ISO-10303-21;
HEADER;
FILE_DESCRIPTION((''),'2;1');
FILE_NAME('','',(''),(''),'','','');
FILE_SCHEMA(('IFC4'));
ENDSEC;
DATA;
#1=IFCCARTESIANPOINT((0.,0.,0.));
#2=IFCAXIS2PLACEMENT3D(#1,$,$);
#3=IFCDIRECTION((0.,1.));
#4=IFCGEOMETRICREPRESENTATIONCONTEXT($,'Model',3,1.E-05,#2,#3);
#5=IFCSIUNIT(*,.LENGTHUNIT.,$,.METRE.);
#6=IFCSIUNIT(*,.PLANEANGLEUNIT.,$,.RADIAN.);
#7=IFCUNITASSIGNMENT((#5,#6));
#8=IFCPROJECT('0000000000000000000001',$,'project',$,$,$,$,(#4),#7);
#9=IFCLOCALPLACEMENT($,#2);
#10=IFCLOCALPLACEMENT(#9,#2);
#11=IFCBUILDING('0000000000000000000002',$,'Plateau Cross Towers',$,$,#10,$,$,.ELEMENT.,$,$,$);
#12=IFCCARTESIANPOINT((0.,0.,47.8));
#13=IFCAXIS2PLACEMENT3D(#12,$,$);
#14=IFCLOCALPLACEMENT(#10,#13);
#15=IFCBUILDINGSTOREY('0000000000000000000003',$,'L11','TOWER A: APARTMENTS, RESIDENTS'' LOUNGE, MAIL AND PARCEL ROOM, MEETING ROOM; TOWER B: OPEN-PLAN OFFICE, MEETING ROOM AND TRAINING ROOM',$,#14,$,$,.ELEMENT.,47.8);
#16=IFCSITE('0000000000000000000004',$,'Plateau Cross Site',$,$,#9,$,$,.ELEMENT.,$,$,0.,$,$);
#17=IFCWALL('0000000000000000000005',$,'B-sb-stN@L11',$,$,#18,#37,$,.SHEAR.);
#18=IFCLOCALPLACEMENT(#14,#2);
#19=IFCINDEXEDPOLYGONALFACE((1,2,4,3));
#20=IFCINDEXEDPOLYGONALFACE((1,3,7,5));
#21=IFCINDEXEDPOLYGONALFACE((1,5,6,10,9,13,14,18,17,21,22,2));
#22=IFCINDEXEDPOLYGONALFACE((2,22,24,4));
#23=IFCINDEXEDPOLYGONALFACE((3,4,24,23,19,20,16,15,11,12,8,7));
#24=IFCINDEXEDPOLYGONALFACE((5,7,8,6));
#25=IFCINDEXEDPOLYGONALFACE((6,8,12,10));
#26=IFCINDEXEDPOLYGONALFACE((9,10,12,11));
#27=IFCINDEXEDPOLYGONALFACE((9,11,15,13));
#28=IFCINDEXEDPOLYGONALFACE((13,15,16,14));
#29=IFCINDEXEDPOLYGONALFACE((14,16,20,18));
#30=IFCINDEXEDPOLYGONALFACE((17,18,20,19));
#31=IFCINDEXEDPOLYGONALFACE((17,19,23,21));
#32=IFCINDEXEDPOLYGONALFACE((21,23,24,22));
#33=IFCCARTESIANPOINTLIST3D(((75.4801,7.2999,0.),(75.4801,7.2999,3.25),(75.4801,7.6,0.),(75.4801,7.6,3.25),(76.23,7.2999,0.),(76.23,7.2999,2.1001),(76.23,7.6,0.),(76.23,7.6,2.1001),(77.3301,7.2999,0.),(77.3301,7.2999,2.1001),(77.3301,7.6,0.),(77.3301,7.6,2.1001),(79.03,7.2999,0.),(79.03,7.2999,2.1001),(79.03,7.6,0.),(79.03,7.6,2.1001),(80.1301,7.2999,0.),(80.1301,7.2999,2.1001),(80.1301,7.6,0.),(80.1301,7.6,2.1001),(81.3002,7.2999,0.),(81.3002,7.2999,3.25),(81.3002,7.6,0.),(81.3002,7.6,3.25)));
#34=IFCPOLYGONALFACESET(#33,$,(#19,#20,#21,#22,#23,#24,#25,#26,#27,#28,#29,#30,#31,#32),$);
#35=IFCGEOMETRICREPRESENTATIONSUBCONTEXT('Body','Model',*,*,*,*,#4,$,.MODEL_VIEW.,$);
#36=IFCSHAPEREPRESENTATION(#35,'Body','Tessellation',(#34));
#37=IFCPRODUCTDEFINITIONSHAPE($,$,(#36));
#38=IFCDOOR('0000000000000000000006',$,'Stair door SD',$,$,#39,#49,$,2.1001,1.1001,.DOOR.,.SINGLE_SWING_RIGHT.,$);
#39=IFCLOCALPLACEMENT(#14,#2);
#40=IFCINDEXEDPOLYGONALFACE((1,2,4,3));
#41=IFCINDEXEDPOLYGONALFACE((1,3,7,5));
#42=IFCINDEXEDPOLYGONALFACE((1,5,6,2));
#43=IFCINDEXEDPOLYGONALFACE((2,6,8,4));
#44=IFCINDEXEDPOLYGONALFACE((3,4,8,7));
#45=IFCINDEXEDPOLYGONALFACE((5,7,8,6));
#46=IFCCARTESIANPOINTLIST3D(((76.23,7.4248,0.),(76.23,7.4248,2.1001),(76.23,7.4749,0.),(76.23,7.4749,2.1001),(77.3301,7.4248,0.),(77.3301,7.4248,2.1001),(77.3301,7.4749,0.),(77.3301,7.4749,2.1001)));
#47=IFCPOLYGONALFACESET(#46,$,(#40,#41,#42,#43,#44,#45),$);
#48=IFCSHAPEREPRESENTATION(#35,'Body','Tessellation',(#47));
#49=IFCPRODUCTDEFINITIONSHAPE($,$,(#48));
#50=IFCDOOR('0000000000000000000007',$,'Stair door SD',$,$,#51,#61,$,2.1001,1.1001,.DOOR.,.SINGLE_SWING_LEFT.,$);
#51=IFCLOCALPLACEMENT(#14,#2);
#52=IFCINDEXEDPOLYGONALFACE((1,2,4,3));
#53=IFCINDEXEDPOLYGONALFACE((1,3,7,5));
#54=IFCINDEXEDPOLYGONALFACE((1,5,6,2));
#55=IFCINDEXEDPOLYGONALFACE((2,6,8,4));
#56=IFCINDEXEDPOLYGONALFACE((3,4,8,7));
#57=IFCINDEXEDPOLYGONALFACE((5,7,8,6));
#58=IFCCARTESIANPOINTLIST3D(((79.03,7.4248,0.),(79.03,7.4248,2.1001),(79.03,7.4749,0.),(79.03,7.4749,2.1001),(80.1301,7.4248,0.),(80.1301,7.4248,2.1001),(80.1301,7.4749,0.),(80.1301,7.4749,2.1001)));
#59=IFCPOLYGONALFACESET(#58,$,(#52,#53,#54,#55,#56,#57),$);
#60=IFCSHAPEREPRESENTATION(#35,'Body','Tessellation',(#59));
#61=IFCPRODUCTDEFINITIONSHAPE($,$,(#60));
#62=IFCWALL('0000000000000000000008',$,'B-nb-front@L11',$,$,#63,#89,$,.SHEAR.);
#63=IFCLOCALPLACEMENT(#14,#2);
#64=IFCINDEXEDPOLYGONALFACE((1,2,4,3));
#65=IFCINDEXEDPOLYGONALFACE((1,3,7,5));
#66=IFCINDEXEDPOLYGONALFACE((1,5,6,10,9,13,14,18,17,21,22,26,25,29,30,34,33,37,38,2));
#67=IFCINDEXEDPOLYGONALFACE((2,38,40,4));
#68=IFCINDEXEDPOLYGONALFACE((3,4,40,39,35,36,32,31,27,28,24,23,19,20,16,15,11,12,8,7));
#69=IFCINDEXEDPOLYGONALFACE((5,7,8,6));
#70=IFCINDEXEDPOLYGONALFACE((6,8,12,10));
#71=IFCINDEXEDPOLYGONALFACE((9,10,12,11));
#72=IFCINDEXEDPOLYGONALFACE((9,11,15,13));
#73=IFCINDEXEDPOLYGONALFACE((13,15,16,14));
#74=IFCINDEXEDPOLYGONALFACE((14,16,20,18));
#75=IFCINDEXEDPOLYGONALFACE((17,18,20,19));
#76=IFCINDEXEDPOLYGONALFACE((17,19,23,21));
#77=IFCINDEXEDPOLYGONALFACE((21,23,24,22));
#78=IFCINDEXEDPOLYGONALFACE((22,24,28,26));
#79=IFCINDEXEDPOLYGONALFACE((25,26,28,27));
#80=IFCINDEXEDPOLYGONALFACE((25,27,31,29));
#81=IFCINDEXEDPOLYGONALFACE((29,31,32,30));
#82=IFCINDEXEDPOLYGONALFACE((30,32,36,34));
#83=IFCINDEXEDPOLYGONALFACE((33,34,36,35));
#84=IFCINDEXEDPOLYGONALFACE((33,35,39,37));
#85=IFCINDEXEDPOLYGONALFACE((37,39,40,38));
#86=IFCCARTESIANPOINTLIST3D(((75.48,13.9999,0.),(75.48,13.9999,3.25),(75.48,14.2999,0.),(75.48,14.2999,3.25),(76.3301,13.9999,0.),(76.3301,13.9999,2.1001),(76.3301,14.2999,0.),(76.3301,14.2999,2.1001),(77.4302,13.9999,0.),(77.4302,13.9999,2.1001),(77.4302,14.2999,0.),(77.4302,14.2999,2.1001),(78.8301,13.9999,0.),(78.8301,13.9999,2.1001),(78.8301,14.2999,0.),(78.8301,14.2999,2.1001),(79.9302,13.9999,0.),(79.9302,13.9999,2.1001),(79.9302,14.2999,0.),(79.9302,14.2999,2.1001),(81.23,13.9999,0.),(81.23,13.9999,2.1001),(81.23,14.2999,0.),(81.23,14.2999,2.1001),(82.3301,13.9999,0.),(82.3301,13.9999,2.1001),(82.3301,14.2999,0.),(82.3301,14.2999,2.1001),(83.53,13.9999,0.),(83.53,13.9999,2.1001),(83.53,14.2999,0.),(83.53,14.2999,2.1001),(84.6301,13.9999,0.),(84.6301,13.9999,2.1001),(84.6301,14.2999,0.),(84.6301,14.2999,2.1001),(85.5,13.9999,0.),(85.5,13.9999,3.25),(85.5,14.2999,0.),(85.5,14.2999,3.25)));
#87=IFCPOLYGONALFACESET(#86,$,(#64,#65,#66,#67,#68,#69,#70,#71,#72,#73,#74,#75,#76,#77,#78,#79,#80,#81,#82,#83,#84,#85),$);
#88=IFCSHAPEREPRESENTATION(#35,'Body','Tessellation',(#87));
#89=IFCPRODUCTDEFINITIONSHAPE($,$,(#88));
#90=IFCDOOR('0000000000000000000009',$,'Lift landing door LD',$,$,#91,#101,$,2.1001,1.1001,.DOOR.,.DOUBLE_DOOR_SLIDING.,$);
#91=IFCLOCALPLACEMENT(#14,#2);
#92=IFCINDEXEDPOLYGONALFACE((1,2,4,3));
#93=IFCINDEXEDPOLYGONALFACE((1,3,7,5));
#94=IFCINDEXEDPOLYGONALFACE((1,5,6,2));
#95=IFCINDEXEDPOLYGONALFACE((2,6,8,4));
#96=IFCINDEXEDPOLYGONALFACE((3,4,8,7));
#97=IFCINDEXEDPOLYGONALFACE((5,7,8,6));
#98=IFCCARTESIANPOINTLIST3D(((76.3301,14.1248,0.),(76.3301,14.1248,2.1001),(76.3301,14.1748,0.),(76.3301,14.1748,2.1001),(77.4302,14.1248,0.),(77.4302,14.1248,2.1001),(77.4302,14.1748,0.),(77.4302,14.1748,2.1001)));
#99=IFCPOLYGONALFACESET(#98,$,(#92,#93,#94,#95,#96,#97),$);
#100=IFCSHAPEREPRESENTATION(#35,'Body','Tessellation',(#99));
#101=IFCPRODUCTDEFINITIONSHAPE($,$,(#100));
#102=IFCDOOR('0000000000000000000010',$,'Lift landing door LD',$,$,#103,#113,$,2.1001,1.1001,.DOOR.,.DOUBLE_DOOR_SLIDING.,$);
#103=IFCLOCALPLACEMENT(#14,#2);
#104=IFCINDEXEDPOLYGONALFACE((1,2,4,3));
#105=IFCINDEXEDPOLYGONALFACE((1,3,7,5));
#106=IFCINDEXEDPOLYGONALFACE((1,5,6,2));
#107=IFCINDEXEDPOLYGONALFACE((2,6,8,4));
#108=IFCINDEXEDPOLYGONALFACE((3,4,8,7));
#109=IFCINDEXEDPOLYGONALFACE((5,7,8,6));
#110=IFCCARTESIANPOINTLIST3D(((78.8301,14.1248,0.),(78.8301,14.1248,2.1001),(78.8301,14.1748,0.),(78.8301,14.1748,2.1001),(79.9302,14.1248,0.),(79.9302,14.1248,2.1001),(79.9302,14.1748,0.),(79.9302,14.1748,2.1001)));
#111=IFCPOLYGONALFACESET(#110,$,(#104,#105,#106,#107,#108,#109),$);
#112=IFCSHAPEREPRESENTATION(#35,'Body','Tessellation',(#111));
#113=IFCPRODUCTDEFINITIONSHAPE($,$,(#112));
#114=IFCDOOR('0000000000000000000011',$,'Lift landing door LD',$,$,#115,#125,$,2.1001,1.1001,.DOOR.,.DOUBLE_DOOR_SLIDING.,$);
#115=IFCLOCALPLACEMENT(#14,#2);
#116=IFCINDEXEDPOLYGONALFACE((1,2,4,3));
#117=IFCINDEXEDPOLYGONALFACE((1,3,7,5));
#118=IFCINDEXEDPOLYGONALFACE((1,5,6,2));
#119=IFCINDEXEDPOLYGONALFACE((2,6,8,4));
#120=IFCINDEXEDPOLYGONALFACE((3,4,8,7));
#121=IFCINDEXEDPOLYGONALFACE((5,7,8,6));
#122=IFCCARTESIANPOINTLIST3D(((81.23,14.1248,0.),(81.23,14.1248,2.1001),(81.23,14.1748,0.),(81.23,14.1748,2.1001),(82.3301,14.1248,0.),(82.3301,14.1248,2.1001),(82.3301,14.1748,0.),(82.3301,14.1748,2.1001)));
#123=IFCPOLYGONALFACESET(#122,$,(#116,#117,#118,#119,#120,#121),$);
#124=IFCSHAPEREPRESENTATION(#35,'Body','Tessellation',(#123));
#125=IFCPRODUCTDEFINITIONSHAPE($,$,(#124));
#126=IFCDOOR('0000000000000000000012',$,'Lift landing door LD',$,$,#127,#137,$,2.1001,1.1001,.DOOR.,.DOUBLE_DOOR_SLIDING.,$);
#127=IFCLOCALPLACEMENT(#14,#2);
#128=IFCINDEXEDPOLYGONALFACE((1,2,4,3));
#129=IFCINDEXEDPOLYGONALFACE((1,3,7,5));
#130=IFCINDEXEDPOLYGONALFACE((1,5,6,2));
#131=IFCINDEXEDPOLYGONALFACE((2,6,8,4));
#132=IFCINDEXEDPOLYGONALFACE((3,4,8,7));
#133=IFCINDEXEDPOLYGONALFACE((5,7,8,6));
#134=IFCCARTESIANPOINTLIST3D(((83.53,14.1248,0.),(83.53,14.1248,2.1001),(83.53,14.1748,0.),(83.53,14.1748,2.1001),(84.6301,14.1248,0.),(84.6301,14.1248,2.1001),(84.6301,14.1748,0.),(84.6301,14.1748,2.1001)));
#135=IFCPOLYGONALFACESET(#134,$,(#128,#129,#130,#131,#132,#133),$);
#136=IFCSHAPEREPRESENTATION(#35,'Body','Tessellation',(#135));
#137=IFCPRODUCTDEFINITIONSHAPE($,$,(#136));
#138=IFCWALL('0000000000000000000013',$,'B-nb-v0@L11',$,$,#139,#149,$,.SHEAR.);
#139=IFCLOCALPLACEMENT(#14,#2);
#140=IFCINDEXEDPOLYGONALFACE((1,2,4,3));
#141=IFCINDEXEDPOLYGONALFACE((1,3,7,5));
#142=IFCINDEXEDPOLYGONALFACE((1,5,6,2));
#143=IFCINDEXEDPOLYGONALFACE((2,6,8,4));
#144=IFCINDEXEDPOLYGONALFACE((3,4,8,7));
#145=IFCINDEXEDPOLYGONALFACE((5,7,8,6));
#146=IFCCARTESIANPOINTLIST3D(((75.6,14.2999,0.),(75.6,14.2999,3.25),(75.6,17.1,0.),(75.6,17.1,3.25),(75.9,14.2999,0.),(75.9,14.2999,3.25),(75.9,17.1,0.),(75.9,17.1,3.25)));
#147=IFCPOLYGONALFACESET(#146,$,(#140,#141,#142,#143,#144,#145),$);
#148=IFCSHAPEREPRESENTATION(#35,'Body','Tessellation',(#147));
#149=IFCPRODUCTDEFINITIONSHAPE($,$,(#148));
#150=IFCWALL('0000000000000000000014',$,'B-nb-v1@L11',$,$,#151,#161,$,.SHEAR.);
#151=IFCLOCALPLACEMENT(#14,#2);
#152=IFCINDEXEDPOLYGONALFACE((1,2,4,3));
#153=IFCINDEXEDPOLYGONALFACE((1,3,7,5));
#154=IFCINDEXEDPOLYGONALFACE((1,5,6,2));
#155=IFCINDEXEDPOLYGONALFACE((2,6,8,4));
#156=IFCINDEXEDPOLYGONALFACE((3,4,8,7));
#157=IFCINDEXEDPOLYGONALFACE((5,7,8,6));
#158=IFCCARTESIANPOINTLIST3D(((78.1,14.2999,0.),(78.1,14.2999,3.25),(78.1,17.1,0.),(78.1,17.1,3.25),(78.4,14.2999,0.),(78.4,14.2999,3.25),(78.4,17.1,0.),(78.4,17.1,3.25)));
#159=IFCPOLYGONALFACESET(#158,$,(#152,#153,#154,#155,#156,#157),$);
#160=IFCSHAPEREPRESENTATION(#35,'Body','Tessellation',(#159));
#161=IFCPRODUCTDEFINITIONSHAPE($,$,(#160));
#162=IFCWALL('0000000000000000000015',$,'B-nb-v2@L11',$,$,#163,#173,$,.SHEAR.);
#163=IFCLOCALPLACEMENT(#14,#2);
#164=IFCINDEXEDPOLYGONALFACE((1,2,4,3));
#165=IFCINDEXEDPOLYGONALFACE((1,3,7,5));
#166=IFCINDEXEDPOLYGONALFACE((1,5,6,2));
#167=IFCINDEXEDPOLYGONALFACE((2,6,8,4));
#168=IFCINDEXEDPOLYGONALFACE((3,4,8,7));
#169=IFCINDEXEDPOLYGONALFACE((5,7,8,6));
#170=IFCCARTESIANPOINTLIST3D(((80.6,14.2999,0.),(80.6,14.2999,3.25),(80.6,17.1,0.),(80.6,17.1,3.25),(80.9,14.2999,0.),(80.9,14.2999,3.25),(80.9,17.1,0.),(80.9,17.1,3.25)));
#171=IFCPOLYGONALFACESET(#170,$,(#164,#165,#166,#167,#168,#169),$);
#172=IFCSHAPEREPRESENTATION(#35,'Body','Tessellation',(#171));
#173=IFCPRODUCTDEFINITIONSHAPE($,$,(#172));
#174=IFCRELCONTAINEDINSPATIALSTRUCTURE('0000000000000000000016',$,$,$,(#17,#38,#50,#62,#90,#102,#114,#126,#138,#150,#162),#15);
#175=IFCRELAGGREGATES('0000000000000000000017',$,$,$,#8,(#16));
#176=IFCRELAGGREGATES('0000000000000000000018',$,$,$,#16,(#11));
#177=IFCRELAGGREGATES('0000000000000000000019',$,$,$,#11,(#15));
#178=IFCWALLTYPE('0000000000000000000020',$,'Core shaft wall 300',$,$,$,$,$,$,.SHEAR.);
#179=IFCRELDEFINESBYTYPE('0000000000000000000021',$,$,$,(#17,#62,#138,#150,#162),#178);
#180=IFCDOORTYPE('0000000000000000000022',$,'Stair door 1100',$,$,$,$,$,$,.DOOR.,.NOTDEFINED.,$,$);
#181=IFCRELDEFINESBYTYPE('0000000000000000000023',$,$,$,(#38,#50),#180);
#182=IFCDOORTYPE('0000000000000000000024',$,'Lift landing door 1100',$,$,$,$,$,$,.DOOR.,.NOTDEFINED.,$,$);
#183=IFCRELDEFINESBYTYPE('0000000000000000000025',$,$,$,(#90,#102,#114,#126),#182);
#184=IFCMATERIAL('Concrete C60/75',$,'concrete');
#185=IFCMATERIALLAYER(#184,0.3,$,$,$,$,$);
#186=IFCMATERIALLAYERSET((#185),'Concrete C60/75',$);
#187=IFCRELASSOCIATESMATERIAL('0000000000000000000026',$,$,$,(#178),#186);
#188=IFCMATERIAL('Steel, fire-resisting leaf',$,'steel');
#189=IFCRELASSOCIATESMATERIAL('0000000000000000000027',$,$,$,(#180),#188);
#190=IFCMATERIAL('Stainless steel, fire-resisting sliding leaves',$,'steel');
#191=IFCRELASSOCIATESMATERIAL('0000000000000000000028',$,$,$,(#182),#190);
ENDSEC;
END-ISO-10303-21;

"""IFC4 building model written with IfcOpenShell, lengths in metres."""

from ifc_helpers import new_model, si_unit, direction, frame, frame_2d, origin, place, context, subcontext, project, spatial, rectangle, extrude, material, layer, layer_set, type_object, element, fill, save


model = new_model("IFC4")

# Units and contexts
model_context = context("Model", 3, precision=1e-05, world=origin(), true_north=direction((0.0, 1.0)))
body_context = subcontext(model_context, "Body", "Model", "MODEL_VIEW")
ifc_project = project(units=[si_unit("LENGTHUNIT", "METRE"), si_unit("PLANEANGLEUNIT", "RADIAN")], contexts=[model_context])

# Site, building, storey
site_placement = place(None, origin())
site = spatial("IfcSite", under=ifc_project, at=site_placement, Name="Plateau Cross Site", CompositionType="ELEMENT", RefElevation=0.0)
building_placement = place(site_placement, origin())
building = spatial("IfcBuilding", under=site, at=building_placement, Name="Plateau Cross Towers", CompositionType="ELEMENT")
storey_placement = place(building_placement, frame((0.0, 0.0, 47.8)))
storey = spatial("IfcBuildingStorey", under=building, at=storey_placement, Name="L11", Description="TOWER A: APARTMENTS, RESIDENTS' LOUNGE, MAIL AND PARCEL ROOM, MEETING ROOM; TOWER B: OPEN-PLAN OFFICE, MEETING ROOM AND TRAINING ROOM", CompositionType="ELEMENT", Elevation=47.8)

# Shared definitions
ifc_material_1 = material(Name="Concrete C60/75", Category="concrete")

# Shared definitions
ifc_material_2 = material(Name="Steel, fire-resisting leaf", Category="steel")

# Walls, openings, doors
ifc_layer_1 = layer(ifc_material_1, 0.3)
ifc_layer_set_1 = layer_set([ifc_layer_1], Name="Concrete C60/75")
wall_type_1 = type_object("IfcWallType", Name="Core shaft wall 300", PredefinedType="SHEAR", material=ifc_layer_set_1)
wall_1_placement = place(storey_placement, frame((75.48, 7.45, 0.0), z_axis=(0.0, 0.0, 1.0), x_axis=(1.0, 0.0, 0.0)))
wall_1 = element("IfcWall", 1, at=wall_1_placement, inside=storey, type_object=wall_type_1, Name="B-sb-stN@L11", PredefinedType="SHEAR", context=body_context, shape_type="SweptSolid", body=[
    extrude(rectangle(XDim=5.8201, YDim=0.3, at=frame_2d((2.9102, 0.0))), origin(), (0.0, 0.0, 1.0), 3.25),
])
opening_1_placement = place(wall_1_placement, frame((0.75, 0.0, 0.0)))
opening_1 = element("IfcOpeningElement", 2, at=opening_1_placement, cuts=wall_1, PredefinedType="OPENING", context=body_context, shape_type="SweptSolid", body=[
    extrude(rectangle(XDim=1.1001, YDim=2.1001, at=frame_2d((0.55, 1.05))), frame((0.0, 0.1599, 0.0), z_axis=(0.0, -1.0, 0.0), x_axis=(1.0, 0.0, 0.0)), (0.0, 0.0, 1.0), 0.3201),
])
opening_2_placement = place(wall_1_placement, frame((3.55, 0.0, 0.0)))
opening_2 = element("IfcOpeningElement", 3, at=opening_2_placement, cuts=wall_1, PredefinedType="OPENING", context=body_context, shape_type="SweptSolid", body=[
    extrude(rectangle(XDim=1.1001, YDim=2.1001, at=frame_2d((0.55, 1.05))), frame((0.0, 0.1599, 0.0), z_axis=(0.0, -1.0, 0.0), x_axis=(1.0, 0.0, 0.0)), (0.0, 0.0, 1.0), 0.3201),
])
door_type_1 = type_object("IfcDoorType", Name="Stair door 1100", OperationType="NOTDEFINED", PredefinedType="DOOR", material=ifc_material_2)
door_1_placement = place(opening_1_placement, origin())
door_1 = element("IfcDoor", 4, at=door_1_placement, inside=storey, type_object=door_type_1, Name="Stair door SD", OperationType="SINGLE_SWING_RIGHT", OverallHeight=2.1001, OverallWidth=1.1001, PredefinedType="DOOR", context=body_context, shape_type="SweptSolid", body=[
    extrude(rectangle(XDim=1.1001, YDim=2.1001, at=frame_2d((0.55, 1.05))), frame((0.0, 0.0249, 0.0), z_axis=(0.0, -1.0, 0.0), x_axis=(1.0, 0.0, 0.0)), (0.0, 0.0, 1.0), 0.05),
])
fill(opening_1, door_1)
door_2_placement = place(opening_2_placement, origin())
door_2 = element("IfcDoor", 5, at=door_2_placement, inside=storey, type_object=door_type_1, Name="Stair door SD", OperationType="SINGLE_SWING_LEFT", OverallHeight=2.1001, OverallWidth=1.1001, PredefinedType="DOOR", context=body_context, shape_type="SweptSolid", body=[
    extrude(rectangle(XDim=1.1001, YDim=2.1001, at=frame_2d((0.55, 1.05))), frame((0.0, 0.0249, 0.0), z_axis=(0.0, -1.0, 0.0), x_axis=(1.0, 0.0, 0.0)), (0.0, 0.0, 1.0), 0.05),
])
fill(opening_2, door_2)
wall_2_placement = place(storey_placement, frame((75.48, 14.1499, 0.0), z_axis=(0.0, 0.0, 1.0), x_axis=(1.0, 0.0, 0.0)))
wall_2 = element("IfcWall", 6, at=wall_2_placement, inside=storey, type_object=wall_type_1, Name="B-nb-front@L11", PredefinedType="SHEAR", context=body_context, shape_type="SweptSolid", body=[
    extrude(rectangle(XDim=10.02, YDim=0.3, at=frame_2d((5.01, 0.0))), origin(), (0.0, 0.0, 1.0), 3.25),
])
opening_3_placement = place(wall_2_placement, frame((0.8501, 0.0, 0.0)))
opening_3 = element("IfcOpeningElement", 7, at=opening_3_placement, cuts=wall_2, PredefinedType="OPENING", context=body_context, shape_type="SweptSolid", body=[
    extrude(rectangle(XDim=1.1001, YDim=2.1001, at=frame_2d((0.55, 1.05))), frame((0.0, 0.1599, 0.0), z_axis=(0.0, -1.0, 0.0), x_axis=(1.0, 0.0, 0.0)), (0.0, 0.0, 1.0), 0.3201),
])
opening_4_placement = place(wall_2_placement, frame((3.3501, 0.0, 0.0)))
opening_4 = element("IfcOpeningElement", 8, at=opening_4_placement, cuts=wall_2, PredefinedType="OPENING", context=body_context, shape_type="SweptSolid", body=[
    extrude(rectangle(XDim=1.1001, YDim=2.1001, at=frame_2d((0.55, 1.05))), frame((0.0, 0.1599, 0.0), z_axis=(0.0, -1.0, 0.0), x_axis=(1.0, 0.0, 0.0)), (0.0, 0.0, 1.0), 0.3201),
])
opening_5_placement = place(wall_2_placement, frame((5.75, 0.0, 0.0)))
opening_5 = element("IfcOpeningElement", 9, at=opening_5_placement, cuts=wall_2, PredefinedType="OPENING", context=body_context, shape_type="SweptSolid", body=[
    extrude(rectangle(XDim=1.1001, YDim=2.1001, at=frame_2d((0.55, 1.05))), frame((0.0, 0.1599, 0.0), z_axis=(0.0, -1.0, 0.0), x_axis=(1.0, 0.0, 0.0)), (0.0, 0.0, 1.0), 0.3201),
])
opening_6_placement = place(wall_2_placement, frame((8.05, 0.0, 0.0)))
opening_6 = element("IfcOpeningElement", 10, at=opening_6_placement, cuts=wall_2, PredefinedType="OPENING", context=body_context, shape_type="SweptSolid", body=[
    extrude(rectangle(XDim=1.1001, YDim=2.1001, at=frame_2d((0.55, 1.05))), frame((0.0, 0.1599, 0.0), z_axis=(0.0, -1.0, 0.0), x_axis=(1.0, 0.0, 0.0)), (0.0, 0.0, 1.0), 0.3201),
])
ifc_material_3 = material(Name="Stainless steel, fire-resisting sliding leaves", Category="steel")
door_type_2 = type_object("IfcDoorType", Name="Lift landing door 1100", OperationType="NOTDEFINED", PredefinedType="DOOR", material=ifc_material_3)
door_3_placement = place(opening_3_placement, origin())
door_3 = element("IfcDoor", 11, at=door_3_placement, inside=storey, type_object=door_type_2, Name="Lift landing door LD", OperationType="DOUBLE_DOOR_SLIDING", OverallHeight=2.1001, OverallWidth=1.1001, PredefinedType="DOOR", context=body_context, shape_type="SweptSolid", body=[
    extrude(rectangle(XDim=1.1001, YDim=2.1001, at=frame_2d((0.55, 1.05))), frame((0.0, 0.0249, 0.0), z_axis=(0.0, -1.0, 0.0), x_axis=(1.0, 0.0, 0.0)), (0.0, 0.0, 1.0), 0.05),
])
fill(opening_3, door_3)
door_4_placement = place(opening_4_placement, origin())
door_4 = element("IfcDoor", 12, at=door_4_placement, inside=storey, type_object=door_type_2, Name="Lift landing door LD", OperationType="DOUBLE_DOOR_SLIDING", OverallHeight=2.1001, OverallWidth=1.1001, PredefinedType="DOOR", context=body_context, shape_type="SweptSolid", body=[
    extrude(rectangle(XDim=1.1001, YDim=2.1001, at=frame_2d((0.55, 1.05))), frame((0.0, 0.0249, 0.0), z_axis=(0.0, -1.0, 0.0), x_axis=(1.0, 0.0, 0.0)), (0.0, 0.0, 1.0), 0.05),
])
fill(opening_4, door_4)
door_5_placement = place(opening_5_placement, origin())
door_5 = element("IfcDoor", 13, at=door_5_placement, inside=storey, type_object=door_type_2, Name="Lift landing door LD", OperationType="DOUBLE_DOOR_SLIDING", OverallHeight=2.1001, OverallWidth=1.1001, PredefinedType="DOOR", context=body_context, shape_type="SweptSolid", body=[
    extrude(rectangle(XDim=1.1001, YDim=2.1001, at=frame_2d((0.55, 1.05))), frame((0.0, 0.0249, 0.0), z_axis=(0.0, -1.0, 0.0), x_axis=(1.0, 0.0, 0.0)), (0.0, 0.0, 1.0), 0.05),
])
fill(opening_5, door_5)
door_6_placement = place(opening_6_placement, origin())
door_6 = element("IfcDoor", 14, at=door_6_placement, inside=storey, type_object=door_type_2, Name="Lift landing door LD", OperationType="DOUBLE_DOOR_SLIDING", OverallHeight=2.1001, OverallWidth=1.1001, PredefinedType="DOOR", context=body_context, shape_type="SweptSolid", body=[
    extrude(rectangle(XDim=1.1001, YDim=2.1001, at=frame_2d((0.55, 1.05))), frame((0.0, 0.0249, 0.0), z_axis=(0.0, -1.0, 0.0), x_axis=(1.0, 0.0, 0.0)), (0.0, 0.0, 1.0), 0.05),
])
fill(opening_6, door_6)

# Walls
for number, where, z_axis, x_axis, name in (
    (15, (75.75, 14.3, 0.0), (0.0, 0.0, 1.0), (0.0, 1.0, 0.0), "B-nb-v0@L11"),
    (16, (78.25, 14.3, 0.0), (0.0, 0.0, 1.0), (0.0, 1.0, 0.0), "B-nb-v1@L11"),
    (17, (80.75, 14.3, 0.0), (0.0, 0.0, 1.0), (0.0, 1.0, 0.0), "B-nb-v2@L11"),
):
    element("IfcWall", number, at=place(storey_placement, frame(where, z_axis=z_axis, x_axis=x_axis)), inside=storey, type_object=wall_type_1, Name=name, PredefinedType="SHEAR", context=body_context, shape_type="SweptSolid", body=[
        extrude(rectangle(XDim=2.8, YDim=0.3, at=frame_2d((1.3999, 0.0))), origin(), (0.0, 0.0, 1.0), 3.25),
    ])

save(model, "model.ifc")
